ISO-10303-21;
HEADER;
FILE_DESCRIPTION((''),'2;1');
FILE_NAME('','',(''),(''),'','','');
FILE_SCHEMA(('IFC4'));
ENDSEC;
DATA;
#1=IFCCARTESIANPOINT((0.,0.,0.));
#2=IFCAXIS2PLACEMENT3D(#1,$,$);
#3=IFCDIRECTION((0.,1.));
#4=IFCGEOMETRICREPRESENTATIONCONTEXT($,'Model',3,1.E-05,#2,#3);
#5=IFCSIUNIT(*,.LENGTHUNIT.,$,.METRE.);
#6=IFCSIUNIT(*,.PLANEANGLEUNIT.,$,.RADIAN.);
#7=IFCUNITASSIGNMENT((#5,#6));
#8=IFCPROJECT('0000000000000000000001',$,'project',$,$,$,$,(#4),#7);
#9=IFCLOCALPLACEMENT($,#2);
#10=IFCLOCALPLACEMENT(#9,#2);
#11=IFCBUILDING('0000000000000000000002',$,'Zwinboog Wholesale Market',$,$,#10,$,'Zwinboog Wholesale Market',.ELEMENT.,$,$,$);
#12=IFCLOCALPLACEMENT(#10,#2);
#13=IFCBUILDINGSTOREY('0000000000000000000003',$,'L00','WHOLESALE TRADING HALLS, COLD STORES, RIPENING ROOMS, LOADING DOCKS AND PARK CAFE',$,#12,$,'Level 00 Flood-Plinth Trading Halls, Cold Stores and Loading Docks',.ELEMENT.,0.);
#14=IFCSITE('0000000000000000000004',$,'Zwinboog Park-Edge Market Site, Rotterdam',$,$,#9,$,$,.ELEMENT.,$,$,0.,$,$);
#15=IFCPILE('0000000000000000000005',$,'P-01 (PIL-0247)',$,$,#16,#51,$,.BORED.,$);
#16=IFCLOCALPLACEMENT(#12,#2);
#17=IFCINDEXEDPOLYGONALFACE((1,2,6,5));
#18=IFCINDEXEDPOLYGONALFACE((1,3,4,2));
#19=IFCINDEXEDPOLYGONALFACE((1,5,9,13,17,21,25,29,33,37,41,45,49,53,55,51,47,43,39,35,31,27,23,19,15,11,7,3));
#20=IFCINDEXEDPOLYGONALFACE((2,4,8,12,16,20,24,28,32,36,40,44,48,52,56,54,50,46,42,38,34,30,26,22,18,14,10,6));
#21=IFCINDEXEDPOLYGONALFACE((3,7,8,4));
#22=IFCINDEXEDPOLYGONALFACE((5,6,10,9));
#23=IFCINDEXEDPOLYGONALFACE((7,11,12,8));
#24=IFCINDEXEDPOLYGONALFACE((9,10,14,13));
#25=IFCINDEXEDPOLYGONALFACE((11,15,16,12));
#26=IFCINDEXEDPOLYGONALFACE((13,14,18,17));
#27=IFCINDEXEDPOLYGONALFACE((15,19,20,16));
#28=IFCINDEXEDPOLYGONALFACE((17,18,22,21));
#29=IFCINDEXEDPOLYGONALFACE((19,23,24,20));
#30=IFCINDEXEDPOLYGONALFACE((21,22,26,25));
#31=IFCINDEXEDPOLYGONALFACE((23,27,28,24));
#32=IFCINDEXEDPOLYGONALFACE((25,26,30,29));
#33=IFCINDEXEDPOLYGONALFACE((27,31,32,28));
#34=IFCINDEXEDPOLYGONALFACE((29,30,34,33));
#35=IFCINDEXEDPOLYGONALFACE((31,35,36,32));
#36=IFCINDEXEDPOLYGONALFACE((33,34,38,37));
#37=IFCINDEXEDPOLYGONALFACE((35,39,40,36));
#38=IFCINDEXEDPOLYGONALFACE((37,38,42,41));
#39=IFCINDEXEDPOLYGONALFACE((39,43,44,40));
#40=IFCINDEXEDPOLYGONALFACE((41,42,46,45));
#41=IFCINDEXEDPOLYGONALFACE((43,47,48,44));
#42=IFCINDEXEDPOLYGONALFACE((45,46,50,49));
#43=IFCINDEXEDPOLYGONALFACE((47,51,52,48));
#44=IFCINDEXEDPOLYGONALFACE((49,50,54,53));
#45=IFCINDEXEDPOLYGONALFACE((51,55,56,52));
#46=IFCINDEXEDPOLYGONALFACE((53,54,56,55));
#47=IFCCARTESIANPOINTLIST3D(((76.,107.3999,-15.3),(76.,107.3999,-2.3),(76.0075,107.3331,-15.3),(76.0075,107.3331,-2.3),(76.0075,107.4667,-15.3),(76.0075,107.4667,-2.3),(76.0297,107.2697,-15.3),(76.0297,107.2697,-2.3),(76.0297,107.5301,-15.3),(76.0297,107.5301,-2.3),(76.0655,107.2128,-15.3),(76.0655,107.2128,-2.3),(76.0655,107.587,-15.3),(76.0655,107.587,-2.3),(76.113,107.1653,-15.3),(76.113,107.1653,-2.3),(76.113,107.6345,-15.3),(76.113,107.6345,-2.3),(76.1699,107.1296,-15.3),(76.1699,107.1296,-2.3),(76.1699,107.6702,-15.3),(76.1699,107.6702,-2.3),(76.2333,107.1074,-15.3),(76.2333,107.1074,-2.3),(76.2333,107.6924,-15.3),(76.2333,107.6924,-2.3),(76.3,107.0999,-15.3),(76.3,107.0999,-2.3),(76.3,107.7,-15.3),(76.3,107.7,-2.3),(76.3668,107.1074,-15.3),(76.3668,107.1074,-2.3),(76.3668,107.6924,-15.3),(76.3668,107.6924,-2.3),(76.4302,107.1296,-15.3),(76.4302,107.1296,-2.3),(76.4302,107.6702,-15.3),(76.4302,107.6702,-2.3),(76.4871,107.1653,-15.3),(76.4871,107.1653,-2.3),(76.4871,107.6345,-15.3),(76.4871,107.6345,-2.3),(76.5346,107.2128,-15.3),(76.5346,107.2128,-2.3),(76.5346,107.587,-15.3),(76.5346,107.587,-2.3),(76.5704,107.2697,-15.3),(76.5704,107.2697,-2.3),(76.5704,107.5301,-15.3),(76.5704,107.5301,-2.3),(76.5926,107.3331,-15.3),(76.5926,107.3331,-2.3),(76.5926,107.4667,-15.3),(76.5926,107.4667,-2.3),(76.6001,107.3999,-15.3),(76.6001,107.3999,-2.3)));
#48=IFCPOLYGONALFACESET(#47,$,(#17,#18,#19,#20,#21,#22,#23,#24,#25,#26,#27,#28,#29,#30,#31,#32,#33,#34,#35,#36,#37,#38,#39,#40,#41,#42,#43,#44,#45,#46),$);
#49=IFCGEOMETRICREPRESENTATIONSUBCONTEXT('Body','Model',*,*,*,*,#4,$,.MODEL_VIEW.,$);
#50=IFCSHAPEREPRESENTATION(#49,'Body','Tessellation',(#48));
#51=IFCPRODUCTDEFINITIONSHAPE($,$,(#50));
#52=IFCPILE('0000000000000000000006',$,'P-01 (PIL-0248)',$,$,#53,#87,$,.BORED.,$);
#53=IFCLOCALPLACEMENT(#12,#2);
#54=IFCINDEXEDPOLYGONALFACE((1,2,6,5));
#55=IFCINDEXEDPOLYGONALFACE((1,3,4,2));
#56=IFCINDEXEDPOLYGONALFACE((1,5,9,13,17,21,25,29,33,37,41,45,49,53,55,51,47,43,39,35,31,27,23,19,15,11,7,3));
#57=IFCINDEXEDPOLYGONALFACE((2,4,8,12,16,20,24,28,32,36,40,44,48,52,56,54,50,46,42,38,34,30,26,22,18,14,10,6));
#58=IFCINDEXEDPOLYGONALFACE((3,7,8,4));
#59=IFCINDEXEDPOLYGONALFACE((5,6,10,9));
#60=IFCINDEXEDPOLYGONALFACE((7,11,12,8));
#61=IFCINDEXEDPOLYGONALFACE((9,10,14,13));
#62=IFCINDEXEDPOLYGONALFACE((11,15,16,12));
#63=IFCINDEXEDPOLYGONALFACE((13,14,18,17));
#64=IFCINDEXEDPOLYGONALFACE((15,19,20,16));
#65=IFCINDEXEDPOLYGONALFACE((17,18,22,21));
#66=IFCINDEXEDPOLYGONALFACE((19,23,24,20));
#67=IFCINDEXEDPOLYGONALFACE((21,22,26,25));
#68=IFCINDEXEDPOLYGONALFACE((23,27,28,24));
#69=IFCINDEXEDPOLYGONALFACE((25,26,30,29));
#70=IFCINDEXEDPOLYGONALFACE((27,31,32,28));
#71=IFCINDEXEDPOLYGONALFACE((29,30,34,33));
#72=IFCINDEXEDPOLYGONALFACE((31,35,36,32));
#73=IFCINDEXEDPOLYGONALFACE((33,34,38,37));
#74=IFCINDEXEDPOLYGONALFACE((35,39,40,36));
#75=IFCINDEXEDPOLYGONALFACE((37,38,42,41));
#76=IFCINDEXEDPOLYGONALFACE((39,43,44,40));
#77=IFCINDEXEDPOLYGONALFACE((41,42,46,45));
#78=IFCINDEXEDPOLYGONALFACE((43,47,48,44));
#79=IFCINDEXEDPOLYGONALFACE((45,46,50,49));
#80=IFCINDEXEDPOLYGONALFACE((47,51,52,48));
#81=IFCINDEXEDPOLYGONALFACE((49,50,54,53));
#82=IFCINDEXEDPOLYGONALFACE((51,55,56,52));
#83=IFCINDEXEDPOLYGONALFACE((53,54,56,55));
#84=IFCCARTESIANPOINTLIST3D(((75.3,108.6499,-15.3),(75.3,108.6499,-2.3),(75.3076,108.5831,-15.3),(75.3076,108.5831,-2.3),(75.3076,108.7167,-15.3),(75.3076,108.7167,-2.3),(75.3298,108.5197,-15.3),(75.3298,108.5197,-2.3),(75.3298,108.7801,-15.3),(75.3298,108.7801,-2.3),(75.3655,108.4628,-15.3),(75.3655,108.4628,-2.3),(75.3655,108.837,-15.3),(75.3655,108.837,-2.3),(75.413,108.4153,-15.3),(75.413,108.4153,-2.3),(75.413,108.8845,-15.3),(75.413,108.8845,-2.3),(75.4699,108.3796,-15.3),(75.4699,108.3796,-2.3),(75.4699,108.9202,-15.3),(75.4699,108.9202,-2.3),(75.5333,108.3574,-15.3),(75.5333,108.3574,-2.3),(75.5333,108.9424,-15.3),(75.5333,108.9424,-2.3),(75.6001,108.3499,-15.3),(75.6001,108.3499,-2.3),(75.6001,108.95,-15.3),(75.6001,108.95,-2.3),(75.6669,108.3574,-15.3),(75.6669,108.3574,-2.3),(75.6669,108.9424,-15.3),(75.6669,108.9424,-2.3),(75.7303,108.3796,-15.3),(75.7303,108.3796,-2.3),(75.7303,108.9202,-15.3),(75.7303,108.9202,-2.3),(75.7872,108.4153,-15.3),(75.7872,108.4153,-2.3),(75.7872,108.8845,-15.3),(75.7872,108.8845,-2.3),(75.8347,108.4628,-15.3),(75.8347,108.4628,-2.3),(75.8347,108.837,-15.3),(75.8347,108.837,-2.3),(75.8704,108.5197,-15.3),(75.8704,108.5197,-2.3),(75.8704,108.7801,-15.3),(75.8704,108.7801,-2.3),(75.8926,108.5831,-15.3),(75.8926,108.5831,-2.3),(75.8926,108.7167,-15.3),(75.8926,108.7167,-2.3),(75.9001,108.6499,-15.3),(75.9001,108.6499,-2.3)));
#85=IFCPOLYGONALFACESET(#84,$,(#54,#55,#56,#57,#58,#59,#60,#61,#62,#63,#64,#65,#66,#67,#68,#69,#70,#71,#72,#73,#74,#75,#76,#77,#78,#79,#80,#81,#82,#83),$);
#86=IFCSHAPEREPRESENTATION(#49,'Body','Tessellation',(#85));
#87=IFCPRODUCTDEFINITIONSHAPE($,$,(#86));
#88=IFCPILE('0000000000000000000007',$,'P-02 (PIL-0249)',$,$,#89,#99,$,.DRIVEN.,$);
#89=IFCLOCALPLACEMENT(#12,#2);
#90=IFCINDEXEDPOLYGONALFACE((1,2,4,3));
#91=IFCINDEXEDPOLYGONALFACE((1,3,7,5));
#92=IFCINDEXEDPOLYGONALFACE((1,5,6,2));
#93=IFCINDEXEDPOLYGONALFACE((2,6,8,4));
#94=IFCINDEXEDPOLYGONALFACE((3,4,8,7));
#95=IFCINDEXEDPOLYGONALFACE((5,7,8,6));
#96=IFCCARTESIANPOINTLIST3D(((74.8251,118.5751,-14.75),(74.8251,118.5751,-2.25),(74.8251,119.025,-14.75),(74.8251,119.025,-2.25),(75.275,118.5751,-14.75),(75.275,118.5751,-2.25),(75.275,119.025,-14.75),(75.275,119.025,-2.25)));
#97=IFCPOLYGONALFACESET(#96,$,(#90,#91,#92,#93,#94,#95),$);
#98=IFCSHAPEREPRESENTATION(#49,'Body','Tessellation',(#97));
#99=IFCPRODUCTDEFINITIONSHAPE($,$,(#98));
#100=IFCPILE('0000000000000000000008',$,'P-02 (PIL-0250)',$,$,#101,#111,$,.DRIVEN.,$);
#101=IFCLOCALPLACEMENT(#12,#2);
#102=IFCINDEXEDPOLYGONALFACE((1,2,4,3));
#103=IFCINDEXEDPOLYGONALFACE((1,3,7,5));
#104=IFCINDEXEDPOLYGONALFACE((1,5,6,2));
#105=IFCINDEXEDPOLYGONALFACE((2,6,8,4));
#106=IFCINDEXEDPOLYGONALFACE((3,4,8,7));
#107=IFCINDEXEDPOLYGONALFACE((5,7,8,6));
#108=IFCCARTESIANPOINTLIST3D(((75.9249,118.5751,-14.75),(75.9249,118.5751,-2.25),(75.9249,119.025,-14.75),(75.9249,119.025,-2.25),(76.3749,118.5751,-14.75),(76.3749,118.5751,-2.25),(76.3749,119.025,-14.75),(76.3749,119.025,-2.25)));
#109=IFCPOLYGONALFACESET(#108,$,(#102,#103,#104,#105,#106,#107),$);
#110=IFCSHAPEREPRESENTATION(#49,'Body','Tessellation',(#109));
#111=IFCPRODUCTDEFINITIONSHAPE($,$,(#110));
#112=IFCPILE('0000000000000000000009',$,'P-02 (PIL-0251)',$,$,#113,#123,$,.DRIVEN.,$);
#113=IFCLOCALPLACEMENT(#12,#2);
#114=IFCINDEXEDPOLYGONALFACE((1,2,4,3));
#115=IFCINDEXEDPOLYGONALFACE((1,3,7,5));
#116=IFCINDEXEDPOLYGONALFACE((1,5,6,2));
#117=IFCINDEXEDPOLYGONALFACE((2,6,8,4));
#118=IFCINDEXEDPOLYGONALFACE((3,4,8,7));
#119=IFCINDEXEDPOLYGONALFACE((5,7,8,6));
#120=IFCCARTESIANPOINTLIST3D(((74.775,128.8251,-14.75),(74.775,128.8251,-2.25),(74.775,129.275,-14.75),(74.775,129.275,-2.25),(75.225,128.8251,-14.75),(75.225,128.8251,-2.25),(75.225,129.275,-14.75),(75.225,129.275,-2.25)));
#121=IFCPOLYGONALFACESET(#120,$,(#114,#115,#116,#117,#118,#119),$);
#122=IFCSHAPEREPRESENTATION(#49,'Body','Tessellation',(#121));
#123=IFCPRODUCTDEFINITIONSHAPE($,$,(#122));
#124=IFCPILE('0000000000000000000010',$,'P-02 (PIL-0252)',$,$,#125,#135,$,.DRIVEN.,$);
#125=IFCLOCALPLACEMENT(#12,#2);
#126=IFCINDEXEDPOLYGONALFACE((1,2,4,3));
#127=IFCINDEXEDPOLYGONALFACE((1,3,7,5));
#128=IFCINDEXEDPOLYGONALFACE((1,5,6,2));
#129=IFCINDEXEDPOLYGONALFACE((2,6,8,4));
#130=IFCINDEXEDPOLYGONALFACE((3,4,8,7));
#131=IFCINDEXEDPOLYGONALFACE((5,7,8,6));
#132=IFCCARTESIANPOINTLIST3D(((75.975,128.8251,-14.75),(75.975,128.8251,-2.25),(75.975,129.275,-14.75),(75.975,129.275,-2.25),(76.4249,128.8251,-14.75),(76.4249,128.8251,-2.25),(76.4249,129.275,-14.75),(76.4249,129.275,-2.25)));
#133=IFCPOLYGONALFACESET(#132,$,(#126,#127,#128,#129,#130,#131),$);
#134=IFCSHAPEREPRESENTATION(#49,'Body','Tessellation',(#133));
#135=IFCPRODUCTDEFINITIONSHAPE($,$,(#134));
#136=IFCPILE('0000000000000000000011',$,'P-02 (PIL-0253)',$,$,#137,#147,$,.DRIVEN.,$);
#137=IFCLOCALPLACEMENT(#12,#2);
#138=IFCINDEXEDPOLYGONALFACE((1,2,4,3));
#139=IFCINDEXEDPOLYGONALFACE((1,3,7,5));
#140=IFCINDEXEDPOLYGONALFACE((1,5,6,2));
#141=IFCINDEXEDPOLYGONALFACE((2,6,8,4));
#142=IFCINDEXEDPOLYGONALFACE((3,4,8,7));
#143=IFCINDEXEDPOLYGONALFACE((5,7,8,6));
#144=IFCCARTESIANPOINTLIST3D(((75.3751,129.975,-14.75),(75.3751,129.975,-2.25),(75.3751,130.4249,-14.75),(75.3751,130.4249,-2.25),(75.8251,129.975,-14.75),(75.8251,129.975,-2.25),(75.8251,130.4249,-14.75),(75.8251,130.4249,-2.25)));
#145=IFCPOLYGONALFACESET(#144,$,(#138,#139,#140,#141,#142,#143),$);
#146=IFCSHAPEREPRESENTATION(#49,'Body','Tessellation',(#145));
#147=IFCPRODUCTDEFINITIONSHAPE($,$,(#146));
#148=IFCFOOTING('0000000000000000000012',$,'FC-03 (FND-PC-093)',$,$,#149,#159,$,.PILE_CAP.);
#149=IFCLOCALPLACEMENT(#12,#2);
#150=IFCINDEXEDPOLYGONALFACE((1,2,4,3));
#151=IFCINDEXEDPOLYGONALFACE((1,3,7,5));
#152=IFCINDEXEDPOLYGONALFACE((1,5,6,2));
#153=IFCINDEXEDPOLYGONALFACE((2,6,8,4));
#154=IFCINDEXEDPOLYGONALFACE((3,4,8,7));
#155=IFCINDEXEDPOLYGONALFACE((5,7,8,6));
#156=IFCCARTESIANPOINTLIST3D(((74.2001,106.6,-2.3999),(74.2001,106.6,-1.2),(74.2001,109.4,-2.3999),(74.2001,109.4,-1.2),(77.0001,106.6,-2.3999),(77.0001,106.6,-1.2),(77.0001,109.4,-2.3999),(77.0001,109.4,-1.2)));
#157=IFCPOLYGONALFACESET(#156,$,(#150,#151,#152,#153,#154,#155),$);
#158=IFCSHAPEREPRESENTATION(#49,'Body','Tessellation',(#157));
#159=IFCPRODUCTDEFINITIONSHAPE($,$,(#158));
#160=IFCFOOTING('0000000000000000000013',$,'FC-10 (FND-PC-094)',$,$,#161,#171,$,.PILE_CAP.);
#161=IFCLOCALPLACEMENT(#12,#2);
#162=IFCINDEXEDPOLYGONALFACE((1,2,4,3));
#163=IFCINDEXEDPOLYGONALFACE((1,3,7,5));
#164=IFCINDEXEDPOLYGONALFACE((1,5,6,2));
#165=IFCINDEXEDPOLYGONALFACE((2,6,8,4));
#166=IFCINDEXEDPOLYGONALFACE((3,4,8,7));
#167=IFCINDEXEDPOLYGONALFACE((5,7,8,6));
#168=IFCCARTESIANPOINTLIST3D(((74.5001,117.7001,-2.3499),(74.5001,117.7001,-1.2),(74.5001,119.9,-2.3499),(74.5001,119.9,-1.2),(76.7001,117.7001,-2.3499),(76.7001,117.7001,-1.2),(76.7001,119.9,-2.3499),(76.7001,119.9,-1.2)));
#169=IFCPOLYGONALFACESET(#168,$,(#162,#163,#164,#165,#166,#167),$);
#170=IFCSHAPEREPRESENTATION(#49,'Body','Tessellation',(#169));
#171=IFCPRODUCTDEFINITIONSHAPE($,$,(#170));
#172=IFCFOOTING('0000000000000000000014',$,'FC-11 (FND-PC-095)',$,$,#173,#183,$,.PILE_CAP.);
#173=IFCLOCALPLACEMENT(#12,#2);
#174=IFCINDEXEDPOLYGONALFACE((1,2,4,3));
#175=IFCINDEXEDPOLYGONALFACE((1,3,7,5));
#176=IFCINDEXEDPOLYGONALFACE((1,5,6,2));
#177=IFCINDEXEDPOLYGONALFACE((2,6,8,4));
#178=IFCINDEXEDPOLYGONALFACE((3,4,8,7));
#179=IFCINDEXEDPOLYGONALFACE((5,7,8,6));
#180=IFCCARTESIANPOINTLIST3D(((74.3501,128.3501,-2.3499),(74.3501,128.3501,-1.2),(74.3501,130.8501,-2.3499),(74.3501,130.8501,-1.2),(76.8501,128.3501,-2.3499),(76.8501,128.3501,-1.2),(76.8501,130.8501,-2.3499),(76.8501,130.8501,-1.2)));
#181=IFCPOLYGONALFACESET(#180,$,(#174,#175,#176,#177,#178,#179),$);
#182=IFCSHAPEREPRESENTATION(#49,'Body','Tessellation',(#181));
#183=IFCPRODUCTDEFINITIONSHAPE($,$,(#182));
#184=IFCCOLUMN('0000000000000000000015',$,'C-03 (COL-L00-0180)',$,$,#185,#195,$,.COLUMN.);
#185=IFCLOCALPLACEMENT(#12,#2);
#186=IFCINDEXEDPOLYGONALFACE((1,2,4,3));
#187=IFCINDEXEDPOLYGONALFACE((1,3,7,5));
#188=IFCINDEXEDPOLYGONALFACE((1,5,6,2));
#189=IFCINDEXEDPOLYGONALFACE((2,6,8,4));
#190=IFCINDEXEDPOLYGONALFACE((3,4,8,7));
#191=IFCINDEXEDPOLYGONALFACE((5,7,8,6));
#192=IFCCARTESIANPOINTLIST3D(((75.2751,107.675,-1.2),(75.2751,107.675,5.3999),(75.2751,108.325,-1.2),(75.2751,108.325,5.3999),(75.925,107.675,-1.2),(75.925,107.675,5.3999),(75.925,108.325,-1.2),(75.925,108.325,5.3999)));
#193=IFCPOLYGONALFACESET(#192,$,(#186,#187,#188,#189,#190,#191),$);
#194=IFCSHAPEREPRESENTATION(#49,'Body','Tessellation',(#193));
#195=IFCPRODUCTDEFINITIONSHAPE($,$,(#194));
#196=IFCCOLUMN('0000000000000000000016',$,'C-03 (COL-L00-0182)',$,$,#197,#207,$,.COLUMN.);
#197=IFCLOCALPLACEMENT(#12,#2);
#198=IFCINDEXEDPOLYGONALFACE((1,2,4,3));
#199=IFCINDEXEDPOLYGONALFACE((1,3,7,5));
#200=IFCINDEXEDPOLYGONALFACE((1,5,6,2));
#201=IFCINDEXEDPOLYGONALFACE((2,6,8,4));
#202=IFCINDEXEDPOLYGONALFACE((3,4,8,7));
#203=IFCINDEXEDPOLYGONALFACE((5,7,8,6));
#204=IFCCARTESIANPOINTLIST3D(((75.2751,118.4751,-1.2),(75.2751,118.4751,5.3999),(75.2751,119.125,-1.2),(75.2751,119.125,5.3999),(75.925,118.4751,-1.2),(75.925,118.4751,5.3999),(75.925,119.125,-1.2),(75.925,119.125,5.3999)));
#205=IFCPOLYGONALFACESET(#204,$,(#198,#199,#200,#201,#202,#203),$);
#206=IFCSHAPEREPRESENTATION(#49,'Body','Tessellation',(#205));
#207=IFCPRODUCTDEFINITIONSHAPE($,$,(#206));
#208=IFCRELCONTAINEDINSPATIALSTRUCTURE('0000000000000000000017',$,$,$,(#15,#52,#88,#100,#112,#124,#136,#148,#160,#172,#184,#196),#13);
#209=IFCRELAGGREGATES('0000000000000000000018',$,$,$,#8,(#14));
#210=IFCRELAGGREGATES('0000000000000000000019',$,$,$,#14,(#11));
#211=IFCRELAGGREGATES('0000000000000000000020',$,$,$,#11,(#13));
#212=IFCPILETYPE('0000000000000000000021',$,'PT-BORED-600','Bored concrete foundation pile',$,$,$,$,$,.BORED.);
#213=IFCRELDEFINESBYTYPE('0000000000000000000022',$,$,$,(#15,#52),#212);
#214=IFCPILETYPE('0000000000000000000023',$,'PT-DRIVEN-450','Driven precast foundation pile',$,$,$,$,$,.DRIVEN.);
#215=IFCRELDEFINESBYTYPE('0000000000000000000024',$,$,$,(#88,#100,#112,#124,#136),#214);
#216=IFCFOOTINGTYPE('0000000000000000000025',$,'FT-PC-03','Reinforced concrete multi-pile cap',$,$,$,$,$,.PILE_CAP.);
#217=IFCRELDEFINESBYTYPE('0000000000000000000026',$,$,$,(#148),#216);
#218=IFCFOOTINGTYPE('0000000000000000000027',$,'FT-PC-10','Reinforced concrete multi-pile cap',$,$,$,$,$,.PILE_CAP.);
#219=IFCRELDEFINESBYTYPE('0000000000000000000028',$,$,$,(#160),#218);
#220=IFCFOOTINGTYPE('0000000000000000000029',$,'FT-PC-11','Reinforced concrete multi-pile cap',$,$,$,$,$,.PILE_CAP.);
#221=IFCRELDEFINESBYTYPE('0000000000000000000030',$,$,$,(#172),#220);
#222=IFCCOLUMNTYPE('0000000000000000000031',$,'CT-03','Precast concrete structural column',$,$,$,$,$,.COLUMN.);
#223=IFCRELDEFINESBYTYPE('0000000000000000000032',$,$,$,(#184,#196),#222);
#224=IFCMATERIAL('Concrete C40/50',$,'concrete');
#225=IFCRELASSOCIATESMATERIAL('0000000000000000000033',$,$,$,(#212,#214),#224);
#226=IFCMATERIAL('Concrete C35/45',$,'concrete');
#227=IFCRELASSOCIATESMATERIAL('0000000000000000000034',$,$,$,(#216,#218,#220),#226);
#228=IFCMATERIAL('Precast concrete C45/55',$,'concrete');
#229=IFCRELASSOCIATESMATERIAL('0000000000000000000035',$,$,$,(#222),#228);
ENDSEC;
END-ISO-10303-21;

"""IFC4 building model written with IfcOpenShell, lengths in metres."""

from ifc_helpers import new_model, si_unit, direction, frame, origin, origin_2d, place, context, subcontext, project, spatial, rectangle, circle, extrude, material, material_profile, profile_set, type_object, element, save


model = new_model("IFC4")

# Units and contexts
model_context = context("Model", 3, precision=1e-05, world=origin(), true_north=direction((0.0, 1.0)))
body_context = subcontext(model_context, "Body", "Model", "MODEL_VIEW")
ifc_project = project(units=[si_unit("LENGTHUNIT", "METRE"), si_unit("PLANEANGLEUNIT", "RADIAN")], contexts=[model_context])

# Site, building, storey
site_placement = place(None, origin())
site = spatial("IfcSite", under=ifc_project, at=site_placement, Name="Zwinboog Park-Edge Market Site, Rotterdam", CompositionType="ELEMENT", RefElevation=0.0)
building_placement = place(site_placement, origin())
building = spatial("IfcBuilding", under=site, at=building_placement, Name="Zwinboog Wholesale Market", LongName="Zwinboog Wholesale Market", CompositionType="ELEMENT")
storey_placement = place(building_placement, origin())
storey = spatial("IfcBuildingStorey", under=building, at=storey_placement, Name="L00", Description="WHOLESALE TRADING HALLS, COLD STORES, RIPENING ROOMS, LOADING DOCKS AND PARK CAFE", LongName="Level 00 Flood-Plinth Trading Halls, Cold Stores and Loading Docks", CompositionType="ELEMENT", Elevation=0.0)

# Piles
ifc_material_1 = material(Name="Concrete C40/50", Category="concrete")
ifc_material_profile_1 = material_profile(ifc_material_1, circle(Radius=0.3, at=origin_2d()), Name="PILE D600")
ifc_profile_set_1 = profile_set([ifc_material_profile_1], Name="Concrete C40/50")
pile_type_1 = type_object("IfcPileType", Name="PT-BORED-600", Description="Bored concrete foundation pile", PredefinedType="BORED", material=ifc_profile_set_1)
for number, where, z_axis, x_axis, name in (
    (1, (76.3, 107.3999, -2.3), (0.0, 0.0, -1.0), (1.0, 0.0, 0.0), "P-01 (PIL-0247)"),
    (2, (75.6001, 108.6499, -2.3), (0.0, 0.0, -1.0), (1.0, 0.0, 0.0), "P-01 (PIL-0248)"),
):
    element("IfcPile", number, at=place(storey_placement, frame(where, z_axis=z_axis, x_axis=x_axis)), inside=storey, type_object=pile_type_1, Name=name, PredefinedType="BORED", context=body_context, shape_type="SweptSolid", body=[
        extrude(circle(Radius=0.3, at=origin_2d()), origin(), (0.0, 0.0, 1.0), 13.0),
    ])
ifc_material_profile_2 = material_profile(ifc_material_1, rectangle(XDim=0.45, YDim=0.45, at=origin_2d()), Name="PILE SQ450")
ifc_profile_set_2 = profile_set([ifc_material_profile_2], Name="Concrete C40/50")
pile_type_2 = type_object("IfcPileType", Name="PT-DRIVEN-450", Description="Driven precast foundation pile", PredefinedType="DRIVEN", material=ifc_profile_set_2)
for number, where, z_axis, x_axis, name in (
    (3, (75.05, 118.8, -2.25), (0.0, 0.0, -1.0), (1.0, 0.0, 0.0), "P-02 (PIL-0249)"),
    (4, (76.1499, 118.8, -2.25), (0.0, 0.0, -1.0), (1.0, 0.0, 0.0), "P-02 (PIL-0250)"),
    (5, (75.0, 129.05, -2.25), (0.0, 0.0, -1.0), (1.0, 0.0, 0.0), "P-02 (PIL-0251)"),
    (6, (76.2, 129.05, -2.25), (0.0, 0.0, -1.0), (1.0, 0.0, 0.0), "P-02 (PIL-0252)"),
    (7, (75.6001, 130.2, -2.25), (0.0, 0.0, -1.0), (1.0, 0.0, 0.0), "P-02 (PIL-0253)"),
):
    element("IfcPile", number, at=place(storey_placement, frame(where, z_axis=z_axis, x_axis=x_axis)), inside=storey, type_object=pile_type_2, Name=name, PredefinedType="DRIVEN", context=body_context, shape_type="SweptSolid", body=[
        extrude(rectangle(XDim=0.45, YDim=0.45, at=origin_2d()), origin(), (0.0, 0.0, 1.0), 12.5),
    ])

# Footings
ifc_material_2 = material(Name="Concrete C35/45", Category="concrete")
footing_type_1 = type_object("IfcFootingType", Name="FT-PC-03", Description="Reinforced concrete multi-pile cap", PredefinedType="PILE_CAP", material=ifc_material_2)
footing_1_placement = place(storey_placement, frame((75.6001, 108.0, -2.3999), z_axis=(0.0, 0.0, 1.0), x_axis=(1.0, 0.0, 0.0)))
element("IfcFooting", 8, at=footing_1_placement, inside=storey, type_object=footing_type_1, Name="FC-03 (FND-PC-093)", PredefinedType="PILE_CAP", context=body_context, shape_type="SweptSolid", body=[
    extrude(rectangle(XDim=2.8, YDim=2.8, at=origin_2d()), origin(), (0.0, 0.0, 1.0), 1.2),
])
footing_type_2 = type_object("IfcFootingType", Name="FT-PC-10", Description="Reinforced concrete multi-pile cap", PredefinedType="PILE_CAP", material=ifc_material_2)
footing_2_placement = place(storey_placement, frame((75.6001, 118.8, -2.3499), z_axis=(0.0, 0.0, 1.0), x_axis=(1.0, 0.0, 0.0)))
element("IfcFooting", 9, at=footing_2_placement, inside=storey, type_object=footing_type_2, Name="FC-10 (FND-PC-094)", PredefinedType="PILE_CAP", context=body_context, shape_type="SweptSolid", body=[
    extrude(rectangle(XDim=2.2, YDim=2.2, at=origin_2d()), origin(), (0.0, 0.0, 1.0), 1.1499),
])
footing_type_3 = type_object("IfcFootingType", Name="FT-PC-11", Description="Reinforced concrete multi-pile cap", PredefinedType="PILE_CAP", material=ifc_material_2)
footing_3_placement = place(storey_placement, frame((75.6001, 129.6001, -2.3499), z_axis=(0.0, 0.0, 1.0), x_axis=(1.0, 0.0, 0.0)))
element("IfcFooting", 10, at=footing_3_placement, inside=storey, type_object=footing_type_3, Name="FC-11 (FND-PC-095)", PredefinedType="PILE_CAP", context=body_context, shape_type="SweptSolid", body=[
    extrude(rectangle(XDim=2.5, YDim=2.5, at=origin_2d()), origin(), (0.0, 0.0, 1.0), 1.1499),
])

# Columns
ifc_material_3 = material(Name="Precast concrete C45/55", Category="concrete")
ifc_material_profile_3 = material_profile(ifc_material_3, rectangle(XDim=0.6499, YDim=0.6499, at=origin_2d()), Name="PC 650x650")
ifc_profile_set_3 = profile_set([ifc_material_profile_3], Name="Precast concrete C45/55")
column_type = type_object("IfcColumnType", Name="CT-03", Description="Precast concrete structural column", PredefinedType="COLUMN", material=ifc_profile_set_3)
for number, where, z_axis, x_axis, name in (
    (11, (75.6001, 108.0, -1.2), (0.0, 0.0, 1.0), (1.0, 0.0, 0.0), "C-03 (COL-L00-0180)"),
    (12, (75.6001, 118.8, -1.2), (0.0, 0.0, 1.0), (1.0, 0.0, 0.0), "C-03 (COL-L00-0182)"),
):
    element("IfcColumn", number, at=place(storey_placement, frame(where, z_axis=z_axis, x_axis=x_axis)), inside=storey, type_object=column_type, Name=name, PredefinedType="COLUMN", context=body_context, shape_type="SweptSolid", body=[
        extrude(rectangle(XDim=0.6499, YDim=0.6499, at=origin_2d()), origin(), (0.0, 0.0, 1.0), 6.5999),
    ])

save(model, "model.ifc")
